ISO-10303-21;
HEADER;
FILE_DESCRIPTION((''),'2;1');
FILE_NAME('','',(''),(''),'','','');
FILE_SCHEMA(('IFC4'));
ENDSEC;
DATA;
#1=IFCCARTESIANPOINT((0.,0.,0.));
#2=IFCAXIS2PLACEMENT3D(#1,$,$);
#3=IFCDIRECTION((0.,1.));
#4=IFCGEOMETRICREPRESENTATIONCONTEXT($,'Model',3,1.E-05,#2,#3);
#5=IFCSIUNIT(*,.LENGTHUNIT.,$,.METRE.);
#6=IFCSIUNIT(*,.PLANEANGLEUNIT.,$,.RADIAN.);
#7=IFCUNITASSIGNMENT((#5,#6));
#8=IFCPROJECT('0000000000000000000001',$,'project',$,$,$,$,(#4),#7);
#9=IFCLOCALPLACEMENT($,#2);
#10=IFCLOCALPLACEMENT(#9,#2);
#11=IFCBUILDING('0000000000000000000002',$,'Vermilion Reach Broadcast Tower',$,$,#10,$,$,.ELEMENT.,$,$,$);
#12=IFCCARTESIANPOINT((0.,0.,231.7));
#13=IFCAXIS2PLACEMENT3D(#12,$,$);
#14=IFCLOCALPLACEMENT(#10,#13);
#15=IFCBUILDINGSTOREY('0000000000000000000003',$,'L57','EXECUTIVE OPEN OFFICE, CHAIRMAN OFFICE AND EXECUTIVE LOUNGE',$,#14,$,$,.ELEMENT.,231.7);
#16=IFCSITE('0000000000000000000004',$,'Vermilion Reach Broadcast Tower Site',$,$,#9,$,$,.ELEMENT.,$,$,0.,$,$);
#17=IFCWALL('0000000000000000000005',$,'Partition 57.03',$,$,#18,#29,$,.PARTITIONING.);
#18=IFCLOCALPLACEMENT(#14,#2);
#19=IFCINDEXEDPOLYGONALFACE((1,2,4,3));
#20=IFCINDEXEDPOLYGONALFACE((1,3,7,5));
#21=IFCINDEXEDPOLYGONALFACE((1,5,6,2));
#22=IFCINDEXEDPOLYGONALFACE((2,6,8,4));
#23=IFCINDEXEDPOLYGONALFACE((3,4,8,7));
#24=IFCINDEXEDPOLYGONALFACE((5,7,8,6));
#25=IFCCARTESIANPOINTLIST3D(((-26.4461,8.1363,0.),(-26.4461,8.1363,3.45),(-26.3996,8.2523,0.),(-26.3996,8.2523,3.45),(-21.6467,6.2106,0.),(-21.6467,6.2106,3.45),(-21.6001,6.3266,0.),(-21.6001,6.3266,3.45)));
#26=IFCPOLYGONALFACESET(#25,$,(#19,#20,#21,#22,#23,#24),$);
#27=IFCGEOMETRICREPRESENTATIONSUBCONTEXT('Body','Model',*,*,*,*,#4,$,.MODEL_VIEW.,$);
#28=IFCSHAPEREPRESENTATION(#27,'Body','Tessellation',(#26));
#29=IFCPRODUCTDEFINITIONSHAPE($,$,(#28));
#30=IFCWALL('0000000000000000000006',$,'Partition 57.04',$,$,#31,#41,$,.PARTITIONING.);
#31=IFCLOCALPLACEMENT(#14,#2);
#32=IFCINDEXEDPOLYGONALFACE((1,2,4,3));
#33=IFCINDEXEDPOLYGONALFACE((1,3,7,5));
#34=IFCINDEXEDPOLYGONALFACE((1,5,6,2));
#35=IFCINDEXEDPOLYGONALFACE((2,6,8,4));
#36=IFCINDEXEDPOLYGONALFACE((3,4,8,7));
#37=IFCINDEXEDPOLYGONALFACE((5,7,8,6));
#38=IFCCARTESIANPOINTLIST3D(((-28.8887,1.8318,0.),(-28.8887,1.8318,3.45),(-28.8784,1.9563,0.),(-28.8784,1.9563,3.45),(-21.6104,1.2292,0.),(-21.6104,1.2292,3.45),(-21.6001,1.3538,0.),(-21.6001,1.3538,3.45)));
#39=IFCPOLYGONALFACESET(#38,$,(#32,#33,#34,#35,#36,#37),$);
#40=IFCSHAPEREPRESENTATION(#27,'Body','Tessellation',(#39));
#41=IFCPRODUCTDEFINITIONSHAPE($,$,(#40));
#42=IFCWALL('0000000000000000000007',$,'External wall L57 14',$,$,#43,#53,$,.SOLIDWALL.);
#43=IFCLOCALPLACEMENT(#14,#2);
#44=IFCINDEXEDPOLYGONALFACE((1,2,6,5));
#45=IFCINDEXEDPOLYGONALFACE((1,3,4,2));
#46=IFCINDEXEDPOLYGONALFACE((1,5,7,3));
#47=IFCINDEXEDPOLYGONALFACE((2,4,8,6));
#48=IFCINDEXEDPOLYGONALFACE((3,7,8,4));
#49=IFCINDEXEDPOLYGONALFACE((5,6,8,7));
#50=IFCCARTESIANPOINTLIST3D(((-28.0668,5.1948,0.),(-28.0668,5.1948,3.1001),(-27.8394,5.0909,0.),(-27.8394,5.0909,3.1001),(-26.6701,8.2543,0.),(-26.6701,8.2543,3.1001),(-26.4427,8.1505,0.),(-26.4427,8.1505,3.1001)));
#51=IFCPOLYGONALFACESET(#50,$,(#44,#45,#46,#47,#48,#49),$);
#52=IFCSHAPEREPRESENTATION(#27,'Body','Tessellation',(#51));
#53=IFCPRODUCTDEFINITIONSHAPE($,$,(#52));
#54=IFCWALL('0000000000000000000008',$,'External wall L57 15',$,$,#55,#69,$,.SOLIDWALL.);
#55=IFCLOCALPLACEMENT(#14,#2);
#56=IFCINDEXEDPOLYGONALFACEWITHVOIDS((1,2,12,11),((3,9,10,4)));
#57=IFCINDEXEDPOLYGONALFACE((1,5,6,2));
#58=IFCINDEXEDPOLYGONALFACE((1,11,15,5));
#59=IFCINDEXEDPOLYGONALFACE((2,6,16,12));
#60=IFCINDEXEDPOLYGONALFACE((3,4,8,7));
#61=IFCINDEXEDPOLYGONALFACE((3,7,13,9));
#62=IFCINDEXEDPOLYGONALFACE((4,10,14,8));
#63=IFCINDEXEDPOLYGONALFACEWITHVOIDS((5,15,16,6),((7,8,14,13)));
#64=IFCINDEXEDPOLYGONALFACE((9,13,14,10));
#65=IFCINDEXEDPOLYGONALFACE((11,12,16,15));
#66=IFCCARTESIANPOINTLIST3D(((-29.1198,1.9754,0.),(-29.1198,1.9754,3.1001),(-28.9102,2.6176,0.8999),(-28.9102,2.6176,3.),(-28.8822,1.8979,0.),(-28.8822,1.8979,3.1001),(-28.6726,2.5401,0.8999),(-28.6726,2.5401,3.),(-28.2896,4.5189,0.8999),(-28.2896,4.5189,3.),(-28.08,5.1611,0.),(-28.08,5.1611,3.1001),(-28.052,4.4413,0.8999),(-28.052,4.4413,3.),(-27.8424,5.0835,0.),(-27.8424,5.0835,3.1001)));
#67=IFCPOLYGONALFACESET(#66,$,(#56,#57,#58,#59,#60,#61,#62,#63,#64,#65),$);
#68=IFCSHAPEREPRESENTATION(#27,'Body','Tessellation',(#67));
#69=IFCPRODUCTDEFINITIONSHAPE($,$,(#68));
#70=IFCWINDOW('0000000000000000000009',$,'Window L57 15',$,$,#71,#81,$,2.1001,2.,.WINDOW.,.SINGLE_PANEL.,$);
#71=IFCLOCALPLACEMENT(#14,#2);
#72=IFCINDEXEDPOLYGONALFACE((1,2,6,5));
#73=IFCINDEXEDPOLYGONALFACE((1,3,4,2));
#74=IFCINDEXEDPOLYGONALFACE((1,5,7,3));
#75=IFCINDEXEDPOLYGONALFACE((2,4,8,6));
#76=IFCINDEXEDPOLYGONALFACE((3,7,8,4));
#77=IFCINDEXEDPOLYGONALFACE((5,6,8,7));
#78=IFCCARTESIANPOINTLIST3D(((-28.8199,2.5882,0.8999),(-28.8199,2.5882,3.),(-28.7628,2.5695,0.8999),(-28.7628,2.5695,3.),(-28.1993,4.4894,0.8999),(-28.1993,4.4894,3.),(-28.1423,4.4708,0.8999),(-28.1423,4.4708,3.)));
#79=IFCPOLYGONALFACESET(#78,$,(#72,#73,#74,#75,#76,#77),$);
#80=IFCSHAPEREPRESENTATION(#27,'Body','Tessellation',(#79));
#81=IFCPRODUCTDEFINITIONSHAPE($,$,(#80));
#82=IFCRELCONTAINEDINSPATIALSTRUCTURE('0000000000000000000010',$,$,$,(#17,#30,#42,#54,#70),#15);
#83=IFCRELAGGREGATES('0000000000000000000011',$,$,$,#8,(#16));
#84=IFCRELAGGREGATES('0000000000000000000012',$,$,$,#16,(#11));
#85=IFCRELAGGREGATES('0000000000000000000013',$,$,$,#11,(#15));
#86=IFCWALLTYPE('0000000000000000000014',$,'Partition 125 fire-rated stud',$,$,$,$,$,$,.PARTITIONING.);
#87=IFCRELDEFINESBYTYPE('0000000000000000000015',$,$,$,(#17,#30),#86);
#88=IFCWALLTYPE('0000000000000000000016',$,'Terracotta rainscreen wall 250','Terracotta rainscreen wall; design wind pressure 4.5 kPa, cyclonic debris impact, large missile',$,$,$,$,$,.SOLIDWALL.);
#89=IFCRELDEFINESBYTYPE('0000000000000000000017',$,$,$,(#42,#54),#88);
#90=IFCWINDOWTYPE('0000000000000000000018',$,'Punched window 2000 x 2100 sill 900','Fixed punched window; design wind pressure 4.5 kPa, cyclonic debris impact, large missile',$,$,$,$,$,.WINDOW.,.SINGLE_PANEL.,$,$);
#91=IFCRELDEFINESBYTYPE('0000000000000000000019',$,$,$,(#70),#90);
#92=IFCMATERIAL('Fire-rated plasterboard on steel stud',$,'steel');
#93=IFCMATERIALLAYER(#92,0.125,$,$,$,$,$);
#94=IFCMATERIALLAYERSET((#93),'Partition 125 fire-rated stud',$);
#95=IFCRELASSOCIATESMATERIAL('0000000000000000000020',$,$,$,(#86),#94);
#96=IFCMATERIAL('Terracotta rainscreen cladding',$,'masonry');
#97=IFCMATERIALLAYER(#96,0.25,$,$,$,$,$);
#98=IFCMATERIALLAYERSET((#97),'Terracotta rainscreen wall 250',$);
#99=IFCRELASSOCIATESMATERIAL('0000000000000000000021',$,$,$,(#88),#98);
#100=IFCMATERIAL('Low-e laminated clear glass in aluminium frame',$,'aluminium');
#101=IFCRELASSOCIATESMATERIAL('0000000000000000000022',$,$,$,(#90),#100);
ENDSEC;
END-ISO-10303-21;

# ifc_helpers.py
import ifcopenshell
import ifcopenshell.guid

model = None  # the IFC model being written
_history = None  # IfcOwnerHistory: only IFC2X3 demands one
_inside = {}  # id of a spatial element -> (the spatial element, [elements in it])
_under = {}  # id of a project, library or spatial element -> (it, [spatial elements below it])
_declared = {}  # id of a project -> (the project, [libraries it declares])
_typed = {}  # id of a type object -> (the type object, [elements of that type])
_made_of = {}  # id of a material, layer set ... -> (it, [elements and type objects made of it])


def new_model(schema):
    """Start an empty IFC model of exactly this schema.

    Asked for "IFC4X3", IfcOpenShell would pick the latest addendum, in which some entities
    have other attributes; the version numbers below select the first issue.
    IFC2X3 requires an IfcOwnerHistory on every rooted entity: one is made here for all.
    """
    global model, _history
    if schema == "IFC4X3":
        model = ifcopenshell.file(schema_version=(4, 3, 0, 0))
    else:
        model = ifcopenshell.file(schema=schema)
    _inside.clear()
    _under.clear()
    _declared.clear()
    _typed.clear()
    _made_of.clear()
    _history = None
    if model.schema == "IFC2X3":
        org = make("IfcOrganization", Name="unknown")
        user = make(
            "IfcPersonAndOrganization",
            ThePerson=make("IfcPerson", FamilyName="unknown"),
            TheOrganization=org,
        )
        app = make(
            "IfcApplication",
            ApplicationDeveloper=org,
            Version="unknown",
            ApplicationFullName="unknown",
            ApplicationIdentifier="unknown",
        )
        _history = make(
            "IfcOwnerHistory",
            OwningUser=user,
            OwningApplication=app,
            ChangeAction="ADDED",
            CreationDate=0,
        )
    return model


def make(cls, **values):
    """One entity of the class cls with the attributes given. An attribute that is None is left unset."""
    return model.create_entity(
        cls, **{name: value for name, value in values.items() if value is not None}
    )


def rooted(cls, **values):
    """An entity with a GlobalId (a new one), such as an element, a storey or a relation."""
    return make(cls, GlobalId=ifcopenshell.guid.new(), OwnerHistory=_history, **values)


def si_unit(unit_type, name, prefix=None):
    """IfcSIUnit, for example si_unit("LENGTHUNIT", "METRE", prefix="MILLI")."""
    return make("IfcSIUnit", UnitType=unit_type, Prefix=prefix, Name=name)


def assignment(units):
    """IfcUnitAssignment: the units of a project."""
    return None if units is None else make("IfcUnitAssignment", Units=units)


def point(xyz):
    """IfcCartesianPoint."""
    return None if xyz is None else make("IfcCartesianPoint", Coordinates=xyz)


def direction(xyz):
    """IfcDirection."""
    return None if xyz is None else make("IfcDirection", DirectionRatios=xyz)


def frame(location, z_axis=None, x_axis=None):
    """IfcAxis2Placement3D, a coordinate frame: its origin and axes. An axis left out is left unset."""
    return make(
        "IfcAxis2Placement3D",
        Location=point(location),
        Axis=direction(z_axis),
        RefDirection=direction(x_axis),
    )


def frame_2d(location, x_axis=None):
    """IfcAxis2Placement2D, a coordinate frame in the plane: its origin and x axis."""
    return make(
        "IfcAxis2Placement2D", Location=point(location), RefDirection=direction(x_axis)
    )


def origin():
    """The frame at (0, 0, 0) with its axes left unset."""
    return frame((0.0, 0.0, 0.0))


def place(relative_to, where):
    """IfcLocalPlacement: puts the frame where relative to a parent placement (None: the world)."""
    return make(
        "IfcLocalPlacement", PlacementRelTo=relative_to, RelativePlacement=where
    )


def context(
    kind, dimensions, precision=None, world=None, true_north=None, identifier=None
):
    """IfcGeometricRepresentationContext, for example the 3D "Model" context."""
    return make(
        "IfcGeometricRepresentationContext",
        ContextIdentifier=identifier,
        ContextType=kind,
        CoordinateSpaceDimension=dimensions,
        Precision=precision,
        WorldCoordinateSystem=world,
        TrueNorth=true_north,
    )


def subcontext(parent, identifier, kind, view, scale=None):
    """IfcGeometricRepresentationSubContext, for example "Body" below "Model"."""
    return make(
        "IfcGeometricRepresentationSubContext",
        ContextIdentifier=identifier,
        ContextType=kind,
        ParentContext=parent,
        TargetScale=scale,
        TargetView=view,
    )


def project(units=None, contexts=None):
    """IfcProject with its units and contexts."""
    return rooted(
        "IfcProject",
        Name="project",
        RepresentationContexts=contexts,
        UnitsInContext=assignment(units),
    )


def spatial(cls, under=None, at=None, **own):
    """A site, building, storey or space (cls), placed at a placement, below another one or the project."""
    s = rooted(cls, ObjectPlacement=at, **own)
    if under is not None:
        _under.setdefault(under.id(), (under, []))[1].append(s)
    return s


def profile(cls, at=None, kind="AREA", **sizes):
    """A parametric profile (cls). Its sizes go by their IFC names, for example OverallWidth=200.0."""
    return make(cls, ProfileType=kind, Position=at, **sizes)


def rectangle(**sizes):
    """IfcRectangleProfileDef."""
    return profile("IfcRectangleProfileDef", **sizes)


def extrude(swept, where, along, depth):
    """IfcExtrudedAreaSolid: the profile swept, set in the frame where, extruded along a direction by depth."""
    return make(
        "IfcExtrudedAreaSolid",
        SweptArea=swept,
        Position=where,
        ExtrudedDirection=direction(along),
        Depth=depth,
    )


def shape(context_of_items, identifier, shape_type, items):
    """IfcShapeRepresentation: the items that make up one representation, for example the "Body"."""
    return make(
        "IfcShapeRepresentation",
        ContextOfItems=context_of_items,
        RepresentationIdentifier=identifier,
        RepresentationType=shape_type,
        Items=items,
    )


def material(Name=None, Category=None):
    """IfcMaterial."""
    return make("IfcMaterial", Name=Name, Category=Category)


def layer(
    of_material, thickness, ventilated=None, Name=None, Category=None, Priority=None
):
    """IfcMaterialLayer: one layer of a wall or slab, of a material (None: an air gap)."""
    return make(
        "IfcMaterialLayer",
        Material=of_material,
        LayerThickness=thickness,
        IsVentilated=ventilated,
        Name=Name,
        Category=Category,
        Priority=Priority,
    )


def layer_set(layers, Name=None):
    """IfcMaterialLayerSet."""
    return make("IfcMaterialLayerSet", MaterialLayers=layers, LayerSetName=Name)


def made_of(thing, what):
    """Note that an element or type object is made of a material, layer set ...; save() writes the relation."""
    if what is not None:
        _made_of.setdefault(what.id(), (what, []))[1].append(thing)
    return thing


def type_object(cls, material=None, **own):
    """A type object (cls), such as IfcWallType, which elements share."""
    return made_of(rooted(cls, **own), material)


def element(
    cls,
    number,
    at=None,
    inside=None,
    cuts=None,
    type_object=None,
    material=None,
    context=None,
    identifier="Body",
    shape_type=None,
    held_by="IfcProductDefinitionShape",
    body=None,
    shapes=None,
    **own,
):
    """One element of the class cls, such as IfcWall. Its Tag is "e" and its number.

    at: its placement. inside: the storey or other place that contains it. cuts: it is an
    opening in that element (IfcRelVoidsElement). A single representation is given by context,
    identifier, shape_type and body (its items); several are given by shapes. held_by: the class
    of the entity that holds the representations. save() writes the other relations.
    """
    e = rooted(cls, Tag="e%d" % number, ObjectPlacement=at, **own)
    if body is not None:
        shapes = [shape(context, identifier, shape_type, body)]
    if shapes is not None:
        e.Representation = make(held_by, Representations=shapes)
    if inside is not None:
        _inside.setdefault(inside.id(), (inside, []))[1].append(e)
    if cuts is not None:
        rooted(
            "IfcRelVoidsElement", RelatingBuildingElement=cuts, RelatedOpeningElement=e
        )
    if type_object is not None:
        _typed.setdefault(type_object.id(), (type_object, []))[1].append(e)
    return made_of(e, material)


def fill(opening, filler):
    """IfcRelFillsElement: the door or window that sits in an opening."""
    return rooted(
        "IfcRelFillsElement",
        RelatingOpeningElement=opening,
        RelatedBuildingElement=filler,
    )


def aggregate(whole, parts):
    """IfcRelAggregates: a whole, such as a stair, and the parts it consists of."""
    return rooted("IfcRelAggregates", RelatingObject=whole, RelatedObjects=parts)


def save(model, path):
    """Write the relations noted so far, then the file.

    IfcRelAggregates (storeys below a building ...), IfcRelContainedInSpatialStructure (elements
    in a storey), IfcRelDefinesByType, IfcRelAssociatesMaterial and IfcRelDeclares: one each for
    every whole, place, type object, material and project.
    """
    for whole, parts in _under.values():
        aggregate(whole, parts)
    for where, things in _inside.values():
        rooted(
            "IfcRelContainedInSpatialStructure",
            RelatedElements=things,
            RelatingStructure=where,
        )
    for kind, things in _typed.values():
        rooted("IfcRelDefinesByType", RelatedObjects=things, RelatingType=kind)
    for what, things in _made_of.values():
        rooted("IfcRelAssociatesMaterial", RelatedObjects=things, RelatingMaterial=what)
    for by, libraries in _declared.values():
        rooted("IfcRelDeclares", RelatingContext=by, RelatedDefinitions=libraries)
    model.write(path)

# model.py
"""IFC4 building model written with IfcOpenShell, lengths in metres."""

from ifc_helpers import new_model, si_unit, direction, frame, frame_2d, origin, place, context, subcontext, project, spatial, rectangle, extrude, material, layer, layer_set, type_object, element, fill, save


model = new_model("IFC4")

# Units and contexts
model_context = context("Model", 3, precision=1e-05, world=origin(), true_north=direction((0.0, 1.0)))
body_context = subcontext(model_context, "Body", "Model", "MODEL_VIEW")
ifc_project = project(units=[si_unit("LENGTHUNIT", "METRE"), si_unit("PLANEANGLEUNIT", "RADIAN")], contexts=[model_context])

# Site, building, storey
site_placement = place(None, origin())
site = spatial("IfcSite", under=ifc_project, at=site_placement, Name="Vermilion Reach Broadcast Tower Site", CompositionType="ELEMENT", RefElevation=0.0)
building_placement = place(site_placement, origin())
building = spatial("IfcBuilding", under=site, at=building_placement, Name="Vermilion Reach Broadcast Tower", CompositionType="ELEMENT")
storey_placement = place(building_placement, frame((0.0, 0.0, 231.7)))
storey = spatial("IfcBuildingStorey", under=building, at=storey_placement, Name="L57", Description="EXECUTIVE OPEN OFFICE, CHAIRMAN OFFICE AND EXECUTIVE LOUNGE", CompositionType="ELEMENT", Elevation=231.7)

# Walls
ifc_material_1 = material(Name="Fire-rated plasterboard on steel stud", Category="steel")
ifc_layer_1 = layer(ifc_material_1, 0.125)
ifc_layer_set_1 = layer_set([ifc_layer_1], Name="Partition 125 fire-rated stud")
wall_type_1 = type_object("IfcWallType", Name="Partition 125 fire-rated stud", PredefinedType="PARTITIONING", material=ifc_layer_set_1)
wall_1_placement = place(storey_placement, frame((-26.4229, 8.1943, 0.0), z_axis=(0.0, 0.0, 1.0), x_axis=(0.928079, -0.372383, 0.0)))
element("IfcWall", 1, at=wall_1_placement, inside=storey, type_object=wall_type_1, Name="Partition 57.03", PredefinedType="PARTITIONING", context=body_context, shape_type="SweptSolid", body=[
    extrude(rectangle(XDim=5.1714, YDim=0.125, at=frame_2d((2.5857, 0.0))), origin(), (0.0, 0.0, 1.0), 3.45),
])
wall_2_placement = place(storey_placement, frame((-28.8835, 1.894, 0.0), z_axis=(0.0, 0.0, 1.0), x_axis=(0.996591, -0.082503, 0.0)))
element("IfcWall", 2, at=wall_2_placement, inside=storey, type_object=wall_type_1, Name="Partition 57.04", PredefinedType="PARTITIONING", context=body_context, shape_type="SweptSolid", body=[
    extrude(rectangle(XDim=7.3032, YDim=0.125, at=frame_2d((3.6516, 0.0))), origin(), (0.0, 0.0, 1.0), 3.45),
])
ifc_material_2 = material(Name="Terracotta rainscreen cladding", Category="masonry")
ifc_layer_2 = layer(ifc_material_2, 0.25)
ifc_layer_set_2 = layer_set([ifc_layer_2], Name="Terracotta rainscreen wall 250")
wall_type_2 = type_object("IfcWallType", Name="Terracotta rainscreen wall 250", Description="Terracotta rainscreen wall; design wind pressure 4.5 kPa, cyclonic debris impact, large missile", PredefinedType="SOLIDWALL", material=ifc_layer_set_2)
wall_3_placement = place(storey_placement, frame((-26.5564, 8.2024, 0.0), z_axis=(0.0, 0.0, 1.0), x_axis=(-0.415285, -0.909692, 0.0)))
element("IfcWall", 3, at=wall_3_placement, inside=storey, type_object=wall_type_2, Name="External wall L57 14", PredefinedType="SOLIDWALL", context=body_context, shape_type="SweptSolid", body=[
    extrude(rectangle(XDim=3.3633, YDim=0.25, at=frame_2d((1.6816, 0.0))), origin(), (0.0, 0.0, 1.0), 3.1001),
])

# Wall, opening, window
wall_4_placement = place(storey_placement, frame((-27.9612, 5.1223, 0.0), z_axis=(0.0, 0.0, 1.0), x_axis=(-0.310298, -0.950639, 0.0)))
wall_4 = element("IfcWall", 4, at=wall_4_placement, inside=storey, type_object=wall_type_2, Name="External wall L57 15", PredefinedType="SOLIDWALL", context=body_context, shape_type="SweptSolid", body=[
    extrude(rectangle(XDim=3.3511, YDim=0.25, at=frame_2d((1.6755, 0.0))), origin(), (0.0, 0.0, 1.0), 3.1001),
])
opening_1_placement = place(wall_4_placement, frame((0.6755, 0.0, 0.8999)))
opening_1 = element("IfcOpeningElement", 5, at=opening_1_placement, cuts=wall_4, PredefinedType="OPENING", context=body_context, shape_type="SweptSolid", body=[
    extrude(rectangle(XDim=2.0, YDim=2.1001, at=frame_2d((1.0, 1.05))), frame((0.0, 0.135, 0.0), z_axis=(0.0, -1.0, 0.0), x_axis=(1.0, 0.0, 0.0)), (0.0, 0.0, 1.0), 0.27),
])
ifc_material_3 = material(Name="Low-e laminated clear glass in aluminium frame", Category="aluminium")
window_type = type_object("IfcWindowType", Name="Punched window 2000 x 2100 sill 900", Description="Fixed punched window; design wind pressure 4.5 kPa, cyclonic debris impact, large missile", PartitioningType="SINGLE_PANEL", PredefinedType="WINDOW", material=ifc_material_3)
window_placement = place(opening_1_placement, origin())
window = element("IfcWindow", 6, at=window_placement, inside=storey, type_object=window_type, Name="Window L57 15", OverallHeight=2.1001, OverallWidth=2.0, PartitioningType="SINGLE_PANEL", PredefinedType="WINDOW", context=body_context, shape_type="SweptSolid", body=[
    extrude(rectangle(XDim=2.0, YDim=2.1001, at=frame_2d((1.0, 1.05))), frame((0.0, 0.03, 0.0), z_axis=(0.0, -1.0, 0.0), x_axis=(1.0, 0.0, 0.0)), (0.0, 0.0, 1.0), 0.0601),
])
fill(opening_1, window)

save(model, "model.ifc")
